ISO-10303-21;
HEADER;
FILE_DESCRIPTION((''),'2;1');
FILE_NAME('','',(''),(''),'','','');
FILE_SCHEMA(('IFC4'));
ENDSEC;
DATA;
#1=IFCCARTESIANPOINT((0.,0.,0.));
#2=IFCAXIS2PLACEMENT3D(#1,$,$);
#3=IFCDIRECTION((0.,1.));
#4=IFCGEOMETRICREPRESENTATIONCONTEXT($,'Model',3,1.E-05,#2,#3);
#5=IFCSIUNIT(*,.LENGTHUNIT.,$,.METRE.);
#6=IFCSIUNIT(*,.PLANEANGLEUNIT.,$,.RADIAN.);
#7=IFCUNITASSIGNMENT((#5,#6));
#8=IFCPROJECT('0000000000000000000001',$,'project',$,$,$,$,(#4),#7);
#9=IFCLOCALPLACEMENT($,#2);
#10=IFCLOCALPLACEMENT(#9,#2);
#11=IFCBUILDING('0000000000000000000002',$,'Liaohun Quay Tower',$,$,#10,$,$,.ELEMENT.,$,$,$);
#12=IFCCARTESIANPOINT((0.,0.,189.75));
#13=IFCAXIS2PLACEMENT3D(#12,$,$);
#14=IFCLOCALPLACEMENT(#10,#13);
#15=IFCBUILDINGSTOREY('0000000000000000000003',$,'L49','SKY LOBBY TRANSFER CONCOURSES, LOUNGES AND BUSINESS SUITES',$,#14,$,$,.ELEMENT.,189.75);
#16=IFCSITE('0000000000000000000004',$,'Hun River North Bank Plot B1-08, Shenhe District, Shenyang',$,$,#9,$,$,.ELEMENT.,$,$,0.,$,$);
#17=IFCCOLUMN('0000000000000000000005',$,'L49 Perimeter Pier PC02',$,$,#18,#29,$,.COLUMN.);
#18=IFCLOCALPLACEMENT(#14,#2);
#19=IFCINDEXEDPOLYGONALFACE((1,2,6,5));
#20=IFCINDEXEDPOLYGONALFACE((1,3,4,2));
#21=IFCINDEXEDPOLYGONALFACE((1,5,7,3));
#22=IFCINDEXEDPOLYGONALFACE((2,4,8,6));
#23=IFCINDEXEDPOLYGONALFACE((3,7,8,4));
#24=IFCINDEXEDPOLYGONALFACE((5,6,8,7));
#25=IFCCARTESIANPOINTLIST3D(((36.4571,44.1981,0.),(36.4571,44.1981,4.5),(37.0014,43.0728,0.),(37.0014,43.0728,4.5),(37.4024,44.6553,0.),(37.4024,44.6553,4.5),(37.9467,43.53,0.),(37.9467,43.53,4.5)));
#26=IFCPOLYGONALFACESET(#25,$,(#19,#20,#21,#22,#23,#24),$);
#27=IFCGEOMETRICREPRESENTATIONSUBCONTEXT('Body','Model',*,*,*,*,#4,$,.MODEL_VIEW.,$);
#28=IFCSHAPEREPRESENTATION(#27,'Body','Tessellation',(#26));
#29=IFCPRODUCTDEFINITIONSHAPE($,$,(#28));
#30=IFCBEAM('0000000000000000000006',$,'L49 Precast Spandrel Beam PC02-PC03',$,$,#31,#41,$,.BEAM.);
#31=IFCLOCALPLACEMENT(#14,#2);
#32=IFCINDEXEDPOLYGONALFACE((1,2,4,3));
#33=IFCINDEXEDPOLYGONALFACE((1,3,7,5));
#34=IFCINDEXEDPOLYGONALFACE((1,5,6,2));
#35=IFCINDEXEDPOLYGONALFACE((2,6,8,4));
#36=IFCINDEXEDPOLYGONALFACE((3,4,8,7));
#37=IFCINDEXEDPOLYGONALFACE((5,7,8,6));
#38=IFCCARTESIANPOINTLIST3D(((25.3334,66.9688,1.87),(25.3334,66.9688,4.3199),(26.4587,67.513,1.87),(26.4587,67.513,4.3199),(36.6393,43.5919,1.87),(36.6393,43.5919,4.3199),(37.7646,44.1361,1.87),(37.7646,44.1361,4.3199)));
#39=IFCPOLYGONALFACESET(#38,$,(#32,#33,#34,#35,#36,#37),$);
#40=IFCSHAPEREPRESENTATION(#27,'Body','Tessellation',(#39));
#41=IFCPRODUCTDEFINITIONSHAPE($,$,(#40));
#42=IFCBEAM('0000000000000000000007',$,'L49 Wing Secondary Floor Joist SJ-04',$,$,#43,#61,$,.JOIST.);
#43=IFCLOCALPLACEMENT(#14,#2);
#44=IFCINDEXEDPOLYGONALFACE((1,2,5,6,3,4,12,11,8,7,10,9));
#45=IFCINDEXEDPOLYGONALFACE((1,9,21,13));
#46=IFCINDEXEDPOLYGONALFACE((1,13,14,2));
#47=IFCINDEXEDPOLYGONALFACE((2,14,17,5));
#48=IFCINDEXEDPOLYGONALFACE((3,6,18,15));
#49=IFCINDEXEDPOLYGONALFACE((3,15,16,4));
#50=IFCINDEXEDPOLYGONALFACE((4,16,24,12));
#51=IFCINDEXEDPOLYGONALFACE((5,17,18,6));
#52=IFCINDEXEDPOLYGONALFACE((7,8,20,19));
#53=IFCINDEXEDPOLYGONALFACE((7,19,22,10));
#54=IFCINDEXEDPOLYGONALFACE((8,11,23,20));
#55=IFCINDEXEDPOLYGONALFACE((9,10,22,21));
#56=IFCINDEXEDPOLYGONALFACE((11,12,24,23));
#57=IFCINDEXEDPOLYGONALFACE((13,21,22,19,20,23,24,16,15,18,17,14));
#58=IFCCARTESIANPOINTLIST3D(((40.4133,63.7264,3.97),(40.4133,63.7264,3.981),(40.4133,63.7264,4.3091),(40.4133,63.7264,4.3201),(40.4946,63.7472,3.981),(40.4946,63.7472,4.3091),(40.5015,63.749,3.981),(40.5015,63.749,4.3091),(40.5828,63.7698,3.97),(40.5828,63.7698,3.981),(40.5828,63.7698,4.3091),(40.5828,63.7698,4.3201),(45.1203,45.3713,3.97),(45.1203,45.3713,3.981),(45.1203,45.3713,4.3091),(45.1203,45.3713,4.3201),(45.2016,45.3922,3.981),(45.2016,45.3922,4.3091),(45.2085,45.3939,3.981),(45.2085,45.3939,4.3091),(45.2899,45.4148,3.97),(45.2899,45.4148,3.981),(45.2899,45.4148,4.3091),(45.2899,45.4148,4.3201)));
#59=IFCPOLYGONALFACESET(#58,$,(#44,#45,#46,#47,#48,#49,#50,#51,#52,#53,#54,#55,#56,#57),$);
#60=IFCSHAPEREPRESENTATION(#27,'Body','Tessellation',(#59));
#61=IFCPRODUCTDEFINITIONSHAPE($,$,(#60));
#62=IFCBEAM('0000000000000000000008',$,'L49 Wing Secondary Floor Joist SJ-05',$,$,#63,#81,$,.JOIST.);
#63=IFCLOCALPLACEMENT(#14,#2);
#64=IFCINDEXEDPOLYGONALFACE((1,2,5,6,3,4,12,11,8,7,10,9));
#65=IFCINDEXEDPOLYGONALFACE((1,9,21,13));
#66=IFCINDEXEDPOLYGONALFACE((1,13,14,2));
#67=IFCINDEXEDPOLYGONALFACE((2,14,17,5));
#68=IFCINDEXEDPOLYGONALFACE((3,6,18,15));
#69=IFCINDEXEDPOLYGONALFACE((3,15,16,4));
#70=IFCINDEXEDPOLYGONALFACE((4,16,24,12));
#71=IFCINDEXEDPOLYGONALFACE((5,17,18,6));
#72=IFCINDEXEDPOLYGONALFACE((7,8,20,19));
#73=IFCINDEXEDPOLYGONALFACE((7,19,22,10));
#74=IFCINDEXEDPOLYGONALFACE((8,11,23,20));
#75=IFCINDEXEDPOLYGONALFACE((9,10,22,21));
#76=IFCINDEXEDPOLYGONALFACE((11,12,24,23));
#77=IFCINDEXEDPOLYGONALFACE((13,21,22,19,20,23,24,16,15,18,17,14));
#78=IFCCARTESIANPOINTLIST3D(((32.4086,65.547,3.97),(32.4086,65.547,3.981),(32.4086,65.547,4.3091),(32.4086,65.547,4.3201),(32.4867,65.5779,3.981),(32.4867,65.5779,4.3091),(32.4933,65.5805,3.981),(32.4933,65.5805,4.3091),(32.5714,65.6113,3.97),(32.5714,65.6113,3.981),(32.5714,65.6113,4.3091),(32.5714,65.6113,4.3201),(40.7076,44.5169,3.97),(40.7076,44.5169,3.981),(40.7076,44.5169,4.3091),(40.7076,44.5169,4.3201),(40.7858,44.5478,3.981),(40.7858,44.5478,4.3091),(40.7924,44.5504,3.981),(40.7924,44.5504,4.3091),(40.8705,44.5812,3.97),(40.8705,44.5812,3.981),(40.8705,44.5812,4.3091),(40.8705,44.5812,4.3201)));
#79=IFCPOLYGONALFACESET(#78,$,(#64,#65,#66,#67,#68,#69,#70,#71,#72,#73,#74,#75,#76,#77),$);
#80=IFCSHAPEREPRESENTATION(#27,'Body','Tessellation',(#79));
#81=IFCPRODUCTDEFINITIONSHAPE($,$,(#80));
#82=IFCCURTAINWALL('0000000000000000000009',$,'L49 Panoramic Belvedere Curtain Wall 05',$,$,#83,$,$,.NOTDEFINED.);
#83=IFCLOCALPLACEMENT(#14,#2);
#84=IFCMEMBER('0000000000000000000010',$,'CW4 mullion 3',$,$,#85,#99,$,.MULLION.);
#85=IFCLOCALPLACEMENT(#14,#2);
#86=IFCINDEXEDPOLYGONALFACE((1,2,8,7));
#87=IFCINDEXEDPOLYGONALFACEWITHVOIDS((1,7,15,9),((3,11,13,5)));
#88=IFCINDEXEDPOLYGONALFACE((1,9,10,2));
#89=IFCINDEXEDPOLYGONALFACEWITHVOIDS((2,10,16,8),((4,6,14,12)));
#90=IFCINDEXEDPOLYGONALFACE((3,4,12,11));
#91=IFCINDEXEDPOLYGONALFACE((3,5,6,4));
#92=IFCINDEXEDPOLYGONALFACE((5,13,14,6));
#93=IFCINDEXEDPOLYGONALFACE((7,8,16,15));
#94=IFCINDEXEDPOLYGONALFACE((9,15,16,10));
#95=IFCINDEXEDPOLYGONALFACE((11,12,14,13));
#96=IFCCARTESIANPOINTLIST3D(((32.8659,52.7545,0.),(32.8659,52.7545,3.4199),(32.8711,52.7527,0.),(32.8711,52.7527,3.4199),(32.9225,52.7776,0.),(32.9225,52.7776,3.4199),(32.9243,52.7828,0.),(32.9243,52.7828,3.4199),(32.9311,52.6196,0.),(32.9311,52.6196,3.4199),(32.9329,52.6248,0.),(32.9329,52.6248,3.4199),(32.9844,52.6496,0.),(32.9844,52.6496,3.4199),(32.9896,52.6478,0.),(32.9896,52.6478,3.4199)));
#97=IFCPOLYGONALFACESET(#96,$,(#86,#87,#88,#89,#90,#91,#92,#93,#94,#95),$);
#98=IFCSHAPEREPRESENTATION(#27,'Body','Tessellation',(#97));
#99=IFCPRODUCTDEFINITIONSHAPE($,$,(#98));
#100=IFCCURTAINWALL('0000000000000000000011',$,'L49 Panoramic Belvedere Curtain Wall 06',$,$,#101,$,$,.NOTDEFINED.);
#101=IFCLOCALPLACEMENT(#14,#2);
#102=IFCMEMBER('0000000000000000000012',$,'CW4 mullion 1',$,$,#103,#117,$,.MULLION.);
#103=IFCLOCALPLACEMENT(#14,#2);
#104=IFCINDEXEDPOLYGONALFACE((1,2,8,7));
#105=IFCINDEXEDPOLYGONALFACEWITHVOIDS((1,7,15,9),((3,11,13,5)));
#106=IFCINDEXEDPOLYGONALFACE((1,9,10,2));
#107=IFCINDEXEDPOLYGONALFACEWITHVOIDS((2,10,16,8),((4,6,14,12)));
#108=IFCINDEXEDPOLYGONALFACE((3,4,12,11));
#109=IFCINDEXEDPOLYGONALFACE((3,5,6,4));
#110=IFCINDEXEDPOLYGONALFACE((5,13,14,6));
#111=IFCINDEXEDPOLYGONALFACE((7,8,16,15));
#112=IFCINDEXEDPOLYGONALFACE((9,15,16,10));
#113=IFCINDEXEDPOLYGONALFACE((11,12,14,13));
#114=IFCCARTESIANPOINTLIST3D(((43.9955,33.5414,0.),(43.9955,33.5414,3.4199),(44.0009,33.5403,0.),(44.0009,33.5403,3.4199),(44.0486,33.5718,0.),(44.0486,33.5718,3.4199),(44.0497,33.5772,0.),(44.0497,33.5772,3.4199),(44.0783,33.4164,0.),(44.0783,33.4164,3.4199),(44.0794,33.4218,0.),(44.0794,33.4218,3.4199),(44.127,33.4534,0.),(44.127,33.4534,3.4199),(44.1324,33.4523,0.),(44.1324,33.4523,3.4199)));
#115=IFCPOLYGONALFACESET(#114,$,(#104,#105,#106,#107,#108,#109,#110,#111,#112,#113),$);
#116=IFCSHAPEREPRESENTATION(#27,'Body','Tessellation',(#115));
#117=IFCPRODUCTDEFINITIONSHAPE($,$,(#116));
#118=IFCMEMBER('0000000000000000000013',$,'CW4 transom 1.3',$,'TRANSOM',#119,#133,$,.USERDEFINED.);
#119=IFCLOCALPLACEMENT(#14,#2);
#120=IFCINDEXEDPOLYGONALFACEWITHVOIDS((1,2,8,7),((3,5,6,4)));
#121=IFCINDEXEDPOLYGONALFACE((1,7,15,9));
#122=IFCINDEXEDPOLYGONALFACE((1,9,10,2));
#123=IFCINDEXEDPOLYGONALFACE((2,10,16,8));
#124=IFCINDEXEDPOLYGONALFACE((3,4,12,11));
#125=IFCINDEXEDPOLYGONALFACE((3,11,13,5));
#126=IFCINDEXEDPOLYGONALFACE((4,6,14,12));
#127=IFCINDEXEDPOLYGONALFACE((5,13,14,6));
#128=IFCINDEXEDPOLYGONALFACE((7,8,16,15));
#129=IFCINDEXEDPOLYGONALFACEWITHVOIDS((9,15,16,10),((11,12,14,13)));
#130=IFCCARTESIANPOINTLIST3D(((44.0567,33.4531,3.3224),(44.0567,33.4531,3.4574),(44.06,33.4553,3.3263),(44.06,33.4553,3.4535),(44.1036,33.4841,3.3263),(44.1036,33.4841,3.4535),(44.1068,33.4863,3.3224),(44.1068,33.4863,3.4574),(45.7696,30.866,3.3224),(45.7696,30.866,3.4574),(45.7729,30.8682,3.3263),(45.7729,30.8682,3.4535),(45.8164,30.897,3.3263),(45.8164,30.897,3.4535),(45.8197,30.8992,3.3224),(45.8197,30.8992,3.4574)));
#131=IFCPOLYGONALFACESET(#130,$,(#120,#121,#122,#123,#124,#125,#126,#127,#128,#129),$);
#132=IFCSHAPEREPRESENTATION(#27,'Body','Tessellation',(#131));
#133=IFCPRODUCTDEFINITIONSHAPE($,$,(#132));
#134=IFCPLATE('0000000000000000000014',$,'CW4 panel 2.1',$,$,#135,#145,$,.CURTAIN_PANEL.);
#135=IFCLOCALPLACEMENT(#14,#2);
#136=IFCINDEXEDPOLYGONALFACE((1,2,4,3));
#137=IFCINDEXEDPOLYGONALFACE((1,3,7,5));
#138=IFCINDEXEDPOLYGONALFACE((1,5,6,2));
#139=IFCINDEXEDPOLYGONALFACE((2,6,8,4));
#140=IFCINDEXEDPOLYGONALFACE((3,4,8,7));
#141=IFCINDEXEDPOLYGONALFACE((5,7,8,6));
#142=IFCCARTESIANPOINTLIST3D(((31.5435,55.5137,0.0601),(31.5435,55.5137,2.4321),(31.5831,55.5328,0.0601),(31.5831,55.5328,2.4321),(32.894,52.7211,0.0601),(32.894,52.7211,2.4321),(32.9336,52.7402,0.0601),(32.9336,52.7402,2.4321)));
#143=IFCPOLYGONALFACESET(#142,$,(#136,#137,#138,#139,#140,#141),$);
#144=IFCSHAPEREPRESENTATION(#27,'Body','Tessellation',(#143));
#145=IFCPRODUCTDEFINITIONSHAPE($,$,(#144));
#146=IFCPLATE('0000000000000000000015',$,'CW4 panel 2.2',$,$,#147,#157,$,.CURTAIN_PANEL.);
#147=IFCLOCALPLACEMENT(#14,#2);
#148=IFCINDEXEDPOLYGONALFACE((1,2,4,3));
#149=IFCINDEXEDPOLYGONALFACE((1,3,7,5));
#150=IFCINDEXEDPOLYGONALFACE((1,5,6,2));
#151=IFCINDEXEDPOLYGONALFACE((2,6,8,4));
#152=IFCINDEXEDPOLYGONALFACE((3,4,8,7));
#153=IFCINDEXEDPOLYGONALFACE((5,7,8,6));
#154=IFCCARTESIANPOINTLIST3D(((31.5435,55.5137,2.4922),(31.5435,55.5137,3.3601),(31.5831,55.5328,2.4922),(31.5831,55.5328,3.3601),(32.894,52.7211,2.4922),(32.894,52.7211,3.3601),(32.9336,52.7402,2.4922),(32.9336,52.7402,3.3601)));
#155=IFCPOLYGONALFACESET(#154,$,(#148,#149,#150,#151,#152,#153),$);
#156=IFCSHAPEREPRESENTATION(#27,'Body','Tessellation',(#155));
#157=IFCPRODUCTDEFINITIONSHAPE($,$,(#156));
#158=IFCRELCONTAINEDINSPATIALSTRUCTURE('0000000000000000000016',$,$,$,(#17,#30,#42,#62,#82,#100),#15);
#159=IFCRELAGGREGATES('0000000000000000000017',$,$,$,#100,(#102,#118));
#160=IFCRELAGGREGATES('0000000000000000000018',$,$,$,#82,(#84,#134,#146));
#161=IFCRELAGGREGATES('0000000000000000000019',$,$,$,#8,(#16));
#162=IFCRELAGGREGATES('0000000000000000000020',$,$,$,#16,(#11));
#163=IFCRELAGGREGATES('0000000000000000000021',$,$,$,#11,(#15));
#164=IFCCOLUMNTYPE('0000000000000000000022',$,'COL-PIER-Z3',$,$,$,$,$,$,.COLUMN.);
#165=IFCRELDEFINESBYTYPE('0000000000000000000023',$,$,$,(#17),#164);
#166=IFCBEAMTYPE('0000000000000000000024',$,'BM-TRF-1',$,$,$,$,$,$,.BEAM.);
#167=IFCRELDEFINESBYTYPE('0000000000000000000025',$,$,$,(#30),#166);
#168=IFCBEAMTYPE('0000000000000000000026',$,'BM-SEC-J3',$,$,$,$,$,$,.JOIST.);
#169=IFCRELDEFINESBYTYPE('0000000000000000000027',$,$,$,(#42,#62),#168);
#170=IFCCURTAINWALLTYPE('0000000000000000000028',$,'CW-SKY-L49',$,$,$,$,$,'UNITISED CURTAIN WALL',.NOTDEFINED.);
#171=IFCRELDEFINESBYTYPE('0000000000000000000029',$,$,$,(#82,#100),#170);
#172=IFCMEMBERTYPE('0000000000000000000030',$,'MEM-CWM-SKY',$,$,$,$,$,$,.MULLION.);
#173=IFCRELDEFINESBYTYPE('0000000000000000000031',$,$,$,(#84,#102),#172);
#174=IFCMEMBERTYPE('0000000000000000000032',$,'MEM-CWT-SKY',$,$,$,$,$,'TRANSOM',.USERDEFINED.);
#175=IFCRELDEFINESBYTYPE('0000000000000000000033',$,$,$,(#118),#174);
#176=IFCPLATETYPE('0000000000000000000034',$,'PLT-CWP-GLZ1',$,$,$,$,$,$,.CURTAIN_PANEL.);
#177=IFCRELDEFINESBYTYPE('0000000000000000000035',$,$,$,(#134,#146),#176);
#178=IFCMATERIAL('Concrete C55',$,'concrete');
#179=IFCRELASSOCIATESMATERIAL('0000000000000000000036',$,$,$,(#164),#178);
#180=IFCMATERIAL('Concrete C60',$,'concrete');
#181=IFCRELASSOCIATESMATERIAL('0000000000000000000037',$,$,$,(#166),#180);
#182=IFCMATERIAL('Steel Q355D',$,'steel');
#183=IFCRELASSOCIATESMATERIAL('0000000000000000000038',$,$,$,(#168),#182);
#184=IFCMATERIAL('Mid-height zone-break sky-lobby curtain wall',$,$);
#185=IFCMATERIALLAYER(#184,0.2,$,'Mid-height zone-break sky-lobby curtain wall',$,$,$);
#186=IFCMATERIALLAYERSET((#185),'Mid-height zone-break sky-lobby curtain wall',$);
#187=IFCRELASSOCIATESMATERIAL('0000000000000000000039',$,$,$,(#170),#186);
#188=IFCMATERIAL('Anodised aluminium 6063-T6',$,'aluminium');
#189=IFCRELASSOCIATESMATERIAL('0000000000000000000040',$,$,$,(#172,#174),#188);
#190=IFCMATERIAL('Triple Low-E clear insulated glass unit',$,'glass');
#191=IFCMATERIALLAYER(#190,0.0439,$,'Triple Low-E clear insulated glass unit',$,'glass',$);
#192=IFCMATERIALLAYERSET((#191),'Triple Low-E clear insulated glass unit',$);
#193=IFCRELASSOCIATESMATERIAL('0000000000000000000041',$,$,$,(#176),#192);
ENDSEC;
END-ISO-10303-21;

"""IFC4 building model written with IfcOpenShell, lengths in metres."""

from ifc_helpers import new_model, si_unit, direction, frame, origin, origin_2d, place, context, subcontext, project, spatial, rectangle, hollow_rectangle, i_section, extrude, source, transform, mapped, material, layer, layer_set, material_profile, profile_set, type_object, element, aggregate, save


model = new_model("IFC4")

# Units and contexts
model_context = context("Model", 3, precision=1e-05, world=origin(), true_north=direction((0.0, 1.0)))
body_context = subcontext(model_context, "Body", "Model", "MODEL_VIEW")
ifc_project = project(units=[si_unit("LENGTHUNIT", "METRE"), si_unit("PLANEANGLEUNIT", "RADIAN")], contexts=[model_context])

# Site, building, storey
site_placement = place(None, origin())
site = spatial("IfcSite", under=ifc_project, at=site_placement, Name="Hun River North Bank Plot B1-08, Shenhe District, Shenyang", CompositionType="ELEMENT", RefElevation=0.0)
building_placement = place(site_placement, origin())
building = spatial("IfcBuilding", under=site, at=building_placement, Name="Liaohun Quay Tower", CompositionType="ELEMENT")
storey_placement = place(building_placement, frame((0.0, 0.0, 189.75)))
storey = spatial("IfcBuildingStorey", under=building, at=storey_placement, Name="L49", Description="SKY LOBBY TRANSFER CONCOURSES, LOUNGES AND BUSINESS SUITES", CompositionType="ELEMENT", Elevation=189.75)

# Column
ifc_material_1 = material(Name="Concrete C55", Category="concrete")
ifc_material_profile_1 = material_profile(ifc_material_1, rectangle(XDim=1.25, YDim=1.05, at=origin_2d()), Name="RC1250x1050")
ifc_profile_set_1 = profile_set([ifc_material_profile_1], Name="Concrete C55")
column_type = type_object("IfcColumnType", Name="COL-PIER-Z3", PredefinedType="COLUMN", material=ifc_profile_set_1)
shared_shape_1 = source(origin(), body_context, "Body", "SweptSolid", [
    extrude(rectangle(XDim=1.25, YDim=1.05, at=origin_2d()), origin(), (0.0, 0.0, 1.0), 4.5),
])
column_placement = place(storey_placement, frame((37.2019, 43.864, 0.0), z_axis=(0.0, 0.0, 1.0), x_axis=(-0.435388, 0.900243, 0.0)))
element("IfcColumn", 1, at=column_placement, inside=storey, type_object=column_type, Name="L49 Perimeter Pier PC02", PredefinedType="COLUMN", context=body_context, shape_type="MappedRepresentation", body=[
    mapped(shared_shape_1, transform((0.0, 0.0, 0.0), x_axis=(1.0, 0.0, 0.0), y_axis=(0.0, 1.0, 0.0), z_axis=(0.0, 0.0, 1.0), scale=1.0)),
])

# Beams
ifc_material_2 = material(Name="Concrete C60", Category="concrete")
ifc_material_profile_2 = material_profile(ifc_material_2, rectangle(XDim=1.25, YDim=2.45, at=origin_2d()), Name="RC1250x2450")
ifc_profile_set_2 = profile_set([ifc_material_profile_2], Name="Concrete C60")
beam_type_1 = type_object("IfcBeamType", Name="BM-TRF-1", PredefinedType="BEAM", material=ifc_profile_set_2)
shared_shape_2 = source(origin(), body_context, "Body", "SweptSolid", [
    extrude(rectangle(XDim=1.25, YDim=2.45, at=origin_2d()), origin(), (0.0, 0.0, 1.0), 25.9673),
])
beam_1_placement = place(storey_placement, frame((37.2019, 43.864, 3.095), z_axis=(-0.435389, 0.900243, 0.0), x_axis=(-0.900243, -0.435389, 0.0)))
element("IfcBeam", 2, at=beam_1_placement, inside=storey, type_object=beam_type_1, Name="L49 Precast Spandrel Beam PC02-PC03", PredefinedType="BEAM", context=body_context, shape_type="MappedRepresentation", body=[
    mapped(shared_shape_2, transform((0.0, 0.0, 0.0), x_axis=(1.0, 0.0, 0.0), y_axis=(0.0, 1.0, 0.0), z_axis=(0.0, 0.0, 1.0), scale=1.0)),
])
ifc_material_3 = material(Name="Steel Q355D", Category="steel")
ifc_material_profile_3 = material_profile(ifc_material_3, i_section(OverallWidth=0.175, OverallDepth=0.3501, WebThickness=0.0071, FlangeThickness=0.011, at=origin_2d()), Name="HN350x175x7x11")
ifc_profile_set_3 = profile_set([ifc_material_profile_3], Name="Steel Q355D")
beam_type_2 = type_object("IfcBeamType", Name="BM-SEC-J3", PredefinedType="JOIST", material=ifc_profile_set_3)
shared_shape_3 = source(origin(), body_context, "Body", "SweptSolid", [
    extrude(i_section(OverallWidth=0.175, OverallDepth=0.3501, WebThickness=0.0071, FlangeThickness=0.011, at=origin_2d()), origin(), (0.0, 0.0, 1.0), 18.949),
])
beam_2_placement = place(storey_placement, frame((45.2051, 45.3931, 4.145), z_axis=(-0.248406, 0.968656, 0.0), x_axis=(-0.968656, -0.248406, 0.0)))
element("IfcBeam", 3, at=beam_2_placement, inside=storey, type_object=beam_type_2, Name="L49 Wing Secondary Floor Joist SJ-04", PredefinedType="JOIST", context=body_context, shape_type="MappedRepresentation", body=[
    mapped(shared_shape_3, transform((0.0, 0.0, 0.0), x_axis=(1.0, 0.0, 0.0), y_axis=(0.0, 1.0, 0.0), z_axis=(0.0, 0.0, 1.0), scale=1.0)),
])
shared_shape_4 = source(origin(), body_context, "Body", "SweptSolid", [
    extrude(i_section(OverallWidth=0.175, OverallDepth=0.3501, WebThickness=0.0071, FlangeThickness=0.011, at=origin_2d()), origin(), (0.0, 0.0, 1.0), 22.6084),
])
beam_3_placement = place(storey_placement, frame((40.7891, 44.5491, 4.145), z_axis=(-0.36708, 0.930189, 0.0), x_axis=(-0.930189, -0.36708, 0.0)))
element("IfcBeam", 4, at=beam_3_placement, inside=storey, type_object=beam_type_2, Name="L49 Wing Secondary Floor Joist SJ-05", PredefinedType="JOIST", context=body_context, shape_type="MappedRepresentation", body=[
    mapped(shared_shape_4, transform((0.0, 0.0, 0.0), x_axis=(1.0, 0.0, 0.0), y_axis=(0.0, 1.0, 0.0), z_axis=(0.0, 0.0, 1.0), scale=1.0)),
])

# Curtain wall, member
ifc_material_4 = material(Name="Mid-height zone-break sky-lobby curtain wall")
ifc_layer_1 = layer(ifc_material_4, 0.2, Name="Mid-height zone-break sky-lobby curtain wall")
ifc_layer_set_1 = layer_set([ifc_layer_1], Name="Mid-height zone-break sky-lobby curtain wall")
curtain_wall_type = type_object("IfcCurtainWallType", Name="CW-SKY-L49", ElementType="UNITISED CURTAIN WALL", PredefinedType="NOTDEFINED", material=ifc_layer_set_1)
curtain_wall_1_placement = place(storey_placement, origin())
curtain_wall_1 = element("IfcCurtainWall", 5, at=curtain_wall_1_placement, inside=storey, type_object=curtain_wall_type, Name="L49 Panoramic Belvedere Curtain Wall 05", PredefinedType="NOTDEFINED")
ifc_material_5 = material(Name="Anodised aluminium 6063-T6", Category="aluminium")
ifc_material_profile_4 = material_profile(ifc_material_5, hollow_rectangle(XDim=0.0649, YDim=0.1499, WallThickness=0.0039, at=origin_2d()), Name="RHS150x65x4")
ifc_profile_set_4 = profile_set([ifc_material_profile_4], Name="Anodised aluminium 6063-T6")
member_type_1 = type_object("IfcMemberType", Name="MEM-CWM-SKY", PredefinedType="MULLION", material=ifc_profile_set_4)
shared_shape_5 = source(origin(), body_context, "Body", "SweptSolid", [
    extrude(hollow_rectangle(XDim=0.0649, YDim=0.1499, WallThickness=0.0039, at=origin_2d()), origin(), (0.0, 0.0, 1.0), 3.4199),
])
member_1_placement = place(storey_placement, frame((32.9277, 52.7012, 0.0), z_axis=(0.0, 0.0, 1.0), x_axis=(0.900256, 0.435361, 0.0)))
member_1 = element("IfcMember", 6, at=member_1_placement, type_object=member_type_1, Name="CW4 mullion 3", PredefinedType="MULLION", context=body_context, shape_type="MappedRepresentation", body=[
    mapped(shared_shape_5, transform((0.0, 0.0, 0.0), x_axis=(1.0, 0.0, 0.0), y_axis=(0.0, 1.0, 0.0), z_axis=(0.0, 0.0, 1.0), scale=1.0)),
])

# Curtain wall, members
curtain_wall_2_placement = place(storey_placement, origin())
curtain_wall_2 = element("IfcCurtainWall", 7, at=curtain_wall_2_placement, inside=storey, type_object=curtain_wall_type, Name="L49 Panoramic Belvedere Curtain Wall 06", PredefinedType="NOTDEFINED")
member_2_placement = place(storey_placement, frame((44.064, 33.4968, 0.0), z_axis=(0.0, 0.0, 1.0), x_axis=(0.833849, 0.551993, 0.0)))
member_2 = element("IfcMember", 8, at=member_2_placement, type_object=member_type_1, Name="CW4 mullion 1", PredefinedType="MULLION", context=body_context, shape_type="MappedRepresentation", body=[
    mapped(shared_shape_5, transform((0.0, 0.0, 0.0), x_axis=(1.0, 0.0, 0.0), y_axis=(0.0, 1.0, 0.0), z_axis=(0.0, 0.0, 1.0), scale=1.0)),
])
ifc_material_profile_5 = material_profile(ifc_material_5, hollow_rectangle(XDim=0.0601, YDim=0.135, WallThickness=0.0039, at=origin_2d()), Name="RHS135x60x4")
ifc_profile_set_5 = profile_set([ifc_material_profile_5], Name="Anodised aluminium 6063-T6")
member_type_2 = type_object("IfcMemberType", Name="MEM-CWT-SKY", ElementType="TRANSOM", PredefinedType="USERDEFINED", material=ifc_profile_set_5)
shared_shape_6 = source(origin(), body_context, "Body", "SweptSolid", [
    extrude(hollow_rectangle(XDim=0.0601, YDim=0.135, WallThickness=0.0039, at=origin_2d()), origin(), (0.0, 0.0, 1.0), 3.1028),
])
member_3_placement = place(storey_placement, frame((44.0818, 33.4697, 3.3899), z_axis=(0.552046, -0.833813, 0.0), x_axis=(0.833813, 0.552046, 0.0)))
member_3 = element("IfcMember", 9, at=member_3_placement, type_object=member_type_2, Name="CW4 transom 1.3", ObjectType="TRANSOM", PredefinedType="USERDEFINED", context=body_context, shape_type="MappedRepresentation", body=[
    mapped(shared_shape_6, transform((0.0, 0.0, 0.0), x_axis=(1.0, 0.0, 0.0), y_axis=(0.0, 1.0, 0.0), z_axis=(0.0, 0.0, 1.0), scale=1.0)),
])
aggregate(curtain_wall_2, [member_2, member_3])

# Plates
ifc_material_6 = material(Name="Triple Low-E clear insulated glass unit", Category="glass")
ifc_layer_2 = layer(ifc_material_6, 0.0439, Name="Triple Low-E clear insulated glass unit", Category="glass")
ifc_layer_set_2 = layer_set([ifc_layer_2], Name="Triple Low-E clear insulated glass unit")
plate_type = type_object("IfcPlateType", Name="PLT-CWP-GLZ1", PredefinedType="CURTAIN_PANEL", material=ifc_layer_set_2)
shared_shape_7 = source(origin(), body_context, "Body", "SweptSolid", [
    extrude(rectangle(XDim=3.1021, YDim=0.0439, at=origin_2d()), origin(), (0.0, 0.0, 1.0), 2.3721),
])
plate_1_placement = place(storey_placement, frame((32.2385, 54.127, 0.0601), z_axis=(0.0, 0.0, 1.0), x_axis=(0.435361, -0.900256, 0.0)))
plate_1 = element("IfcPlate", 10, at=plate_1_placement, type_object=plate_type, Name="CW4 panel 2.1", PredefinedType="CURTAIN_PANEL", context=body_context, shape_type="MappedRepresentation", body=[
    mapped(shared_shape_7, transform((0.0, 0.0, 0.0), x_axis=(1.0, 0.0, 0.0), y_axis=(0.0, 1.0, 0.0), z_axis=(0.0, 0.0, 1.0), scale=1.0)),
])
shared_shape_8 = source(origin(), body_context, "Body", "SweptSolid", [
    extrude(rectangle(XDim=3.1021, YDim=0.0439, at=origin_2d()), origin(), (0.0, 0.0, 1.0), 0.8679),
])
plate_2_placement = place(storey_placement, frame((32.2385, 54.127, 2.4922), z_axis=(0.0, 0.0, 1.0), x_axis=(0.435361, -0.900256, 0.0)))
plate_2 = element("IfcPlate", 11, at=plate_2_placement, type_object=plate_type, Name="CW4 panel 2.2", PredefinedType="CURTAIN_PANEL", context=body_context, shape_type="MappedRepresentation", body=[
    mapped(shared_shape_8, transform((0.0, 0.0, 0.0), x_axis=(1.0, 0.0, 0.0), y_axis=(0.0, 1.0, 0.0), z_axis=(0.0, 0.0, 1.0), scale=1.0)),
])
aggregate(curtain_wall_1, [member_1, plate_1, plate_2])

save(model, "model.ifc")
